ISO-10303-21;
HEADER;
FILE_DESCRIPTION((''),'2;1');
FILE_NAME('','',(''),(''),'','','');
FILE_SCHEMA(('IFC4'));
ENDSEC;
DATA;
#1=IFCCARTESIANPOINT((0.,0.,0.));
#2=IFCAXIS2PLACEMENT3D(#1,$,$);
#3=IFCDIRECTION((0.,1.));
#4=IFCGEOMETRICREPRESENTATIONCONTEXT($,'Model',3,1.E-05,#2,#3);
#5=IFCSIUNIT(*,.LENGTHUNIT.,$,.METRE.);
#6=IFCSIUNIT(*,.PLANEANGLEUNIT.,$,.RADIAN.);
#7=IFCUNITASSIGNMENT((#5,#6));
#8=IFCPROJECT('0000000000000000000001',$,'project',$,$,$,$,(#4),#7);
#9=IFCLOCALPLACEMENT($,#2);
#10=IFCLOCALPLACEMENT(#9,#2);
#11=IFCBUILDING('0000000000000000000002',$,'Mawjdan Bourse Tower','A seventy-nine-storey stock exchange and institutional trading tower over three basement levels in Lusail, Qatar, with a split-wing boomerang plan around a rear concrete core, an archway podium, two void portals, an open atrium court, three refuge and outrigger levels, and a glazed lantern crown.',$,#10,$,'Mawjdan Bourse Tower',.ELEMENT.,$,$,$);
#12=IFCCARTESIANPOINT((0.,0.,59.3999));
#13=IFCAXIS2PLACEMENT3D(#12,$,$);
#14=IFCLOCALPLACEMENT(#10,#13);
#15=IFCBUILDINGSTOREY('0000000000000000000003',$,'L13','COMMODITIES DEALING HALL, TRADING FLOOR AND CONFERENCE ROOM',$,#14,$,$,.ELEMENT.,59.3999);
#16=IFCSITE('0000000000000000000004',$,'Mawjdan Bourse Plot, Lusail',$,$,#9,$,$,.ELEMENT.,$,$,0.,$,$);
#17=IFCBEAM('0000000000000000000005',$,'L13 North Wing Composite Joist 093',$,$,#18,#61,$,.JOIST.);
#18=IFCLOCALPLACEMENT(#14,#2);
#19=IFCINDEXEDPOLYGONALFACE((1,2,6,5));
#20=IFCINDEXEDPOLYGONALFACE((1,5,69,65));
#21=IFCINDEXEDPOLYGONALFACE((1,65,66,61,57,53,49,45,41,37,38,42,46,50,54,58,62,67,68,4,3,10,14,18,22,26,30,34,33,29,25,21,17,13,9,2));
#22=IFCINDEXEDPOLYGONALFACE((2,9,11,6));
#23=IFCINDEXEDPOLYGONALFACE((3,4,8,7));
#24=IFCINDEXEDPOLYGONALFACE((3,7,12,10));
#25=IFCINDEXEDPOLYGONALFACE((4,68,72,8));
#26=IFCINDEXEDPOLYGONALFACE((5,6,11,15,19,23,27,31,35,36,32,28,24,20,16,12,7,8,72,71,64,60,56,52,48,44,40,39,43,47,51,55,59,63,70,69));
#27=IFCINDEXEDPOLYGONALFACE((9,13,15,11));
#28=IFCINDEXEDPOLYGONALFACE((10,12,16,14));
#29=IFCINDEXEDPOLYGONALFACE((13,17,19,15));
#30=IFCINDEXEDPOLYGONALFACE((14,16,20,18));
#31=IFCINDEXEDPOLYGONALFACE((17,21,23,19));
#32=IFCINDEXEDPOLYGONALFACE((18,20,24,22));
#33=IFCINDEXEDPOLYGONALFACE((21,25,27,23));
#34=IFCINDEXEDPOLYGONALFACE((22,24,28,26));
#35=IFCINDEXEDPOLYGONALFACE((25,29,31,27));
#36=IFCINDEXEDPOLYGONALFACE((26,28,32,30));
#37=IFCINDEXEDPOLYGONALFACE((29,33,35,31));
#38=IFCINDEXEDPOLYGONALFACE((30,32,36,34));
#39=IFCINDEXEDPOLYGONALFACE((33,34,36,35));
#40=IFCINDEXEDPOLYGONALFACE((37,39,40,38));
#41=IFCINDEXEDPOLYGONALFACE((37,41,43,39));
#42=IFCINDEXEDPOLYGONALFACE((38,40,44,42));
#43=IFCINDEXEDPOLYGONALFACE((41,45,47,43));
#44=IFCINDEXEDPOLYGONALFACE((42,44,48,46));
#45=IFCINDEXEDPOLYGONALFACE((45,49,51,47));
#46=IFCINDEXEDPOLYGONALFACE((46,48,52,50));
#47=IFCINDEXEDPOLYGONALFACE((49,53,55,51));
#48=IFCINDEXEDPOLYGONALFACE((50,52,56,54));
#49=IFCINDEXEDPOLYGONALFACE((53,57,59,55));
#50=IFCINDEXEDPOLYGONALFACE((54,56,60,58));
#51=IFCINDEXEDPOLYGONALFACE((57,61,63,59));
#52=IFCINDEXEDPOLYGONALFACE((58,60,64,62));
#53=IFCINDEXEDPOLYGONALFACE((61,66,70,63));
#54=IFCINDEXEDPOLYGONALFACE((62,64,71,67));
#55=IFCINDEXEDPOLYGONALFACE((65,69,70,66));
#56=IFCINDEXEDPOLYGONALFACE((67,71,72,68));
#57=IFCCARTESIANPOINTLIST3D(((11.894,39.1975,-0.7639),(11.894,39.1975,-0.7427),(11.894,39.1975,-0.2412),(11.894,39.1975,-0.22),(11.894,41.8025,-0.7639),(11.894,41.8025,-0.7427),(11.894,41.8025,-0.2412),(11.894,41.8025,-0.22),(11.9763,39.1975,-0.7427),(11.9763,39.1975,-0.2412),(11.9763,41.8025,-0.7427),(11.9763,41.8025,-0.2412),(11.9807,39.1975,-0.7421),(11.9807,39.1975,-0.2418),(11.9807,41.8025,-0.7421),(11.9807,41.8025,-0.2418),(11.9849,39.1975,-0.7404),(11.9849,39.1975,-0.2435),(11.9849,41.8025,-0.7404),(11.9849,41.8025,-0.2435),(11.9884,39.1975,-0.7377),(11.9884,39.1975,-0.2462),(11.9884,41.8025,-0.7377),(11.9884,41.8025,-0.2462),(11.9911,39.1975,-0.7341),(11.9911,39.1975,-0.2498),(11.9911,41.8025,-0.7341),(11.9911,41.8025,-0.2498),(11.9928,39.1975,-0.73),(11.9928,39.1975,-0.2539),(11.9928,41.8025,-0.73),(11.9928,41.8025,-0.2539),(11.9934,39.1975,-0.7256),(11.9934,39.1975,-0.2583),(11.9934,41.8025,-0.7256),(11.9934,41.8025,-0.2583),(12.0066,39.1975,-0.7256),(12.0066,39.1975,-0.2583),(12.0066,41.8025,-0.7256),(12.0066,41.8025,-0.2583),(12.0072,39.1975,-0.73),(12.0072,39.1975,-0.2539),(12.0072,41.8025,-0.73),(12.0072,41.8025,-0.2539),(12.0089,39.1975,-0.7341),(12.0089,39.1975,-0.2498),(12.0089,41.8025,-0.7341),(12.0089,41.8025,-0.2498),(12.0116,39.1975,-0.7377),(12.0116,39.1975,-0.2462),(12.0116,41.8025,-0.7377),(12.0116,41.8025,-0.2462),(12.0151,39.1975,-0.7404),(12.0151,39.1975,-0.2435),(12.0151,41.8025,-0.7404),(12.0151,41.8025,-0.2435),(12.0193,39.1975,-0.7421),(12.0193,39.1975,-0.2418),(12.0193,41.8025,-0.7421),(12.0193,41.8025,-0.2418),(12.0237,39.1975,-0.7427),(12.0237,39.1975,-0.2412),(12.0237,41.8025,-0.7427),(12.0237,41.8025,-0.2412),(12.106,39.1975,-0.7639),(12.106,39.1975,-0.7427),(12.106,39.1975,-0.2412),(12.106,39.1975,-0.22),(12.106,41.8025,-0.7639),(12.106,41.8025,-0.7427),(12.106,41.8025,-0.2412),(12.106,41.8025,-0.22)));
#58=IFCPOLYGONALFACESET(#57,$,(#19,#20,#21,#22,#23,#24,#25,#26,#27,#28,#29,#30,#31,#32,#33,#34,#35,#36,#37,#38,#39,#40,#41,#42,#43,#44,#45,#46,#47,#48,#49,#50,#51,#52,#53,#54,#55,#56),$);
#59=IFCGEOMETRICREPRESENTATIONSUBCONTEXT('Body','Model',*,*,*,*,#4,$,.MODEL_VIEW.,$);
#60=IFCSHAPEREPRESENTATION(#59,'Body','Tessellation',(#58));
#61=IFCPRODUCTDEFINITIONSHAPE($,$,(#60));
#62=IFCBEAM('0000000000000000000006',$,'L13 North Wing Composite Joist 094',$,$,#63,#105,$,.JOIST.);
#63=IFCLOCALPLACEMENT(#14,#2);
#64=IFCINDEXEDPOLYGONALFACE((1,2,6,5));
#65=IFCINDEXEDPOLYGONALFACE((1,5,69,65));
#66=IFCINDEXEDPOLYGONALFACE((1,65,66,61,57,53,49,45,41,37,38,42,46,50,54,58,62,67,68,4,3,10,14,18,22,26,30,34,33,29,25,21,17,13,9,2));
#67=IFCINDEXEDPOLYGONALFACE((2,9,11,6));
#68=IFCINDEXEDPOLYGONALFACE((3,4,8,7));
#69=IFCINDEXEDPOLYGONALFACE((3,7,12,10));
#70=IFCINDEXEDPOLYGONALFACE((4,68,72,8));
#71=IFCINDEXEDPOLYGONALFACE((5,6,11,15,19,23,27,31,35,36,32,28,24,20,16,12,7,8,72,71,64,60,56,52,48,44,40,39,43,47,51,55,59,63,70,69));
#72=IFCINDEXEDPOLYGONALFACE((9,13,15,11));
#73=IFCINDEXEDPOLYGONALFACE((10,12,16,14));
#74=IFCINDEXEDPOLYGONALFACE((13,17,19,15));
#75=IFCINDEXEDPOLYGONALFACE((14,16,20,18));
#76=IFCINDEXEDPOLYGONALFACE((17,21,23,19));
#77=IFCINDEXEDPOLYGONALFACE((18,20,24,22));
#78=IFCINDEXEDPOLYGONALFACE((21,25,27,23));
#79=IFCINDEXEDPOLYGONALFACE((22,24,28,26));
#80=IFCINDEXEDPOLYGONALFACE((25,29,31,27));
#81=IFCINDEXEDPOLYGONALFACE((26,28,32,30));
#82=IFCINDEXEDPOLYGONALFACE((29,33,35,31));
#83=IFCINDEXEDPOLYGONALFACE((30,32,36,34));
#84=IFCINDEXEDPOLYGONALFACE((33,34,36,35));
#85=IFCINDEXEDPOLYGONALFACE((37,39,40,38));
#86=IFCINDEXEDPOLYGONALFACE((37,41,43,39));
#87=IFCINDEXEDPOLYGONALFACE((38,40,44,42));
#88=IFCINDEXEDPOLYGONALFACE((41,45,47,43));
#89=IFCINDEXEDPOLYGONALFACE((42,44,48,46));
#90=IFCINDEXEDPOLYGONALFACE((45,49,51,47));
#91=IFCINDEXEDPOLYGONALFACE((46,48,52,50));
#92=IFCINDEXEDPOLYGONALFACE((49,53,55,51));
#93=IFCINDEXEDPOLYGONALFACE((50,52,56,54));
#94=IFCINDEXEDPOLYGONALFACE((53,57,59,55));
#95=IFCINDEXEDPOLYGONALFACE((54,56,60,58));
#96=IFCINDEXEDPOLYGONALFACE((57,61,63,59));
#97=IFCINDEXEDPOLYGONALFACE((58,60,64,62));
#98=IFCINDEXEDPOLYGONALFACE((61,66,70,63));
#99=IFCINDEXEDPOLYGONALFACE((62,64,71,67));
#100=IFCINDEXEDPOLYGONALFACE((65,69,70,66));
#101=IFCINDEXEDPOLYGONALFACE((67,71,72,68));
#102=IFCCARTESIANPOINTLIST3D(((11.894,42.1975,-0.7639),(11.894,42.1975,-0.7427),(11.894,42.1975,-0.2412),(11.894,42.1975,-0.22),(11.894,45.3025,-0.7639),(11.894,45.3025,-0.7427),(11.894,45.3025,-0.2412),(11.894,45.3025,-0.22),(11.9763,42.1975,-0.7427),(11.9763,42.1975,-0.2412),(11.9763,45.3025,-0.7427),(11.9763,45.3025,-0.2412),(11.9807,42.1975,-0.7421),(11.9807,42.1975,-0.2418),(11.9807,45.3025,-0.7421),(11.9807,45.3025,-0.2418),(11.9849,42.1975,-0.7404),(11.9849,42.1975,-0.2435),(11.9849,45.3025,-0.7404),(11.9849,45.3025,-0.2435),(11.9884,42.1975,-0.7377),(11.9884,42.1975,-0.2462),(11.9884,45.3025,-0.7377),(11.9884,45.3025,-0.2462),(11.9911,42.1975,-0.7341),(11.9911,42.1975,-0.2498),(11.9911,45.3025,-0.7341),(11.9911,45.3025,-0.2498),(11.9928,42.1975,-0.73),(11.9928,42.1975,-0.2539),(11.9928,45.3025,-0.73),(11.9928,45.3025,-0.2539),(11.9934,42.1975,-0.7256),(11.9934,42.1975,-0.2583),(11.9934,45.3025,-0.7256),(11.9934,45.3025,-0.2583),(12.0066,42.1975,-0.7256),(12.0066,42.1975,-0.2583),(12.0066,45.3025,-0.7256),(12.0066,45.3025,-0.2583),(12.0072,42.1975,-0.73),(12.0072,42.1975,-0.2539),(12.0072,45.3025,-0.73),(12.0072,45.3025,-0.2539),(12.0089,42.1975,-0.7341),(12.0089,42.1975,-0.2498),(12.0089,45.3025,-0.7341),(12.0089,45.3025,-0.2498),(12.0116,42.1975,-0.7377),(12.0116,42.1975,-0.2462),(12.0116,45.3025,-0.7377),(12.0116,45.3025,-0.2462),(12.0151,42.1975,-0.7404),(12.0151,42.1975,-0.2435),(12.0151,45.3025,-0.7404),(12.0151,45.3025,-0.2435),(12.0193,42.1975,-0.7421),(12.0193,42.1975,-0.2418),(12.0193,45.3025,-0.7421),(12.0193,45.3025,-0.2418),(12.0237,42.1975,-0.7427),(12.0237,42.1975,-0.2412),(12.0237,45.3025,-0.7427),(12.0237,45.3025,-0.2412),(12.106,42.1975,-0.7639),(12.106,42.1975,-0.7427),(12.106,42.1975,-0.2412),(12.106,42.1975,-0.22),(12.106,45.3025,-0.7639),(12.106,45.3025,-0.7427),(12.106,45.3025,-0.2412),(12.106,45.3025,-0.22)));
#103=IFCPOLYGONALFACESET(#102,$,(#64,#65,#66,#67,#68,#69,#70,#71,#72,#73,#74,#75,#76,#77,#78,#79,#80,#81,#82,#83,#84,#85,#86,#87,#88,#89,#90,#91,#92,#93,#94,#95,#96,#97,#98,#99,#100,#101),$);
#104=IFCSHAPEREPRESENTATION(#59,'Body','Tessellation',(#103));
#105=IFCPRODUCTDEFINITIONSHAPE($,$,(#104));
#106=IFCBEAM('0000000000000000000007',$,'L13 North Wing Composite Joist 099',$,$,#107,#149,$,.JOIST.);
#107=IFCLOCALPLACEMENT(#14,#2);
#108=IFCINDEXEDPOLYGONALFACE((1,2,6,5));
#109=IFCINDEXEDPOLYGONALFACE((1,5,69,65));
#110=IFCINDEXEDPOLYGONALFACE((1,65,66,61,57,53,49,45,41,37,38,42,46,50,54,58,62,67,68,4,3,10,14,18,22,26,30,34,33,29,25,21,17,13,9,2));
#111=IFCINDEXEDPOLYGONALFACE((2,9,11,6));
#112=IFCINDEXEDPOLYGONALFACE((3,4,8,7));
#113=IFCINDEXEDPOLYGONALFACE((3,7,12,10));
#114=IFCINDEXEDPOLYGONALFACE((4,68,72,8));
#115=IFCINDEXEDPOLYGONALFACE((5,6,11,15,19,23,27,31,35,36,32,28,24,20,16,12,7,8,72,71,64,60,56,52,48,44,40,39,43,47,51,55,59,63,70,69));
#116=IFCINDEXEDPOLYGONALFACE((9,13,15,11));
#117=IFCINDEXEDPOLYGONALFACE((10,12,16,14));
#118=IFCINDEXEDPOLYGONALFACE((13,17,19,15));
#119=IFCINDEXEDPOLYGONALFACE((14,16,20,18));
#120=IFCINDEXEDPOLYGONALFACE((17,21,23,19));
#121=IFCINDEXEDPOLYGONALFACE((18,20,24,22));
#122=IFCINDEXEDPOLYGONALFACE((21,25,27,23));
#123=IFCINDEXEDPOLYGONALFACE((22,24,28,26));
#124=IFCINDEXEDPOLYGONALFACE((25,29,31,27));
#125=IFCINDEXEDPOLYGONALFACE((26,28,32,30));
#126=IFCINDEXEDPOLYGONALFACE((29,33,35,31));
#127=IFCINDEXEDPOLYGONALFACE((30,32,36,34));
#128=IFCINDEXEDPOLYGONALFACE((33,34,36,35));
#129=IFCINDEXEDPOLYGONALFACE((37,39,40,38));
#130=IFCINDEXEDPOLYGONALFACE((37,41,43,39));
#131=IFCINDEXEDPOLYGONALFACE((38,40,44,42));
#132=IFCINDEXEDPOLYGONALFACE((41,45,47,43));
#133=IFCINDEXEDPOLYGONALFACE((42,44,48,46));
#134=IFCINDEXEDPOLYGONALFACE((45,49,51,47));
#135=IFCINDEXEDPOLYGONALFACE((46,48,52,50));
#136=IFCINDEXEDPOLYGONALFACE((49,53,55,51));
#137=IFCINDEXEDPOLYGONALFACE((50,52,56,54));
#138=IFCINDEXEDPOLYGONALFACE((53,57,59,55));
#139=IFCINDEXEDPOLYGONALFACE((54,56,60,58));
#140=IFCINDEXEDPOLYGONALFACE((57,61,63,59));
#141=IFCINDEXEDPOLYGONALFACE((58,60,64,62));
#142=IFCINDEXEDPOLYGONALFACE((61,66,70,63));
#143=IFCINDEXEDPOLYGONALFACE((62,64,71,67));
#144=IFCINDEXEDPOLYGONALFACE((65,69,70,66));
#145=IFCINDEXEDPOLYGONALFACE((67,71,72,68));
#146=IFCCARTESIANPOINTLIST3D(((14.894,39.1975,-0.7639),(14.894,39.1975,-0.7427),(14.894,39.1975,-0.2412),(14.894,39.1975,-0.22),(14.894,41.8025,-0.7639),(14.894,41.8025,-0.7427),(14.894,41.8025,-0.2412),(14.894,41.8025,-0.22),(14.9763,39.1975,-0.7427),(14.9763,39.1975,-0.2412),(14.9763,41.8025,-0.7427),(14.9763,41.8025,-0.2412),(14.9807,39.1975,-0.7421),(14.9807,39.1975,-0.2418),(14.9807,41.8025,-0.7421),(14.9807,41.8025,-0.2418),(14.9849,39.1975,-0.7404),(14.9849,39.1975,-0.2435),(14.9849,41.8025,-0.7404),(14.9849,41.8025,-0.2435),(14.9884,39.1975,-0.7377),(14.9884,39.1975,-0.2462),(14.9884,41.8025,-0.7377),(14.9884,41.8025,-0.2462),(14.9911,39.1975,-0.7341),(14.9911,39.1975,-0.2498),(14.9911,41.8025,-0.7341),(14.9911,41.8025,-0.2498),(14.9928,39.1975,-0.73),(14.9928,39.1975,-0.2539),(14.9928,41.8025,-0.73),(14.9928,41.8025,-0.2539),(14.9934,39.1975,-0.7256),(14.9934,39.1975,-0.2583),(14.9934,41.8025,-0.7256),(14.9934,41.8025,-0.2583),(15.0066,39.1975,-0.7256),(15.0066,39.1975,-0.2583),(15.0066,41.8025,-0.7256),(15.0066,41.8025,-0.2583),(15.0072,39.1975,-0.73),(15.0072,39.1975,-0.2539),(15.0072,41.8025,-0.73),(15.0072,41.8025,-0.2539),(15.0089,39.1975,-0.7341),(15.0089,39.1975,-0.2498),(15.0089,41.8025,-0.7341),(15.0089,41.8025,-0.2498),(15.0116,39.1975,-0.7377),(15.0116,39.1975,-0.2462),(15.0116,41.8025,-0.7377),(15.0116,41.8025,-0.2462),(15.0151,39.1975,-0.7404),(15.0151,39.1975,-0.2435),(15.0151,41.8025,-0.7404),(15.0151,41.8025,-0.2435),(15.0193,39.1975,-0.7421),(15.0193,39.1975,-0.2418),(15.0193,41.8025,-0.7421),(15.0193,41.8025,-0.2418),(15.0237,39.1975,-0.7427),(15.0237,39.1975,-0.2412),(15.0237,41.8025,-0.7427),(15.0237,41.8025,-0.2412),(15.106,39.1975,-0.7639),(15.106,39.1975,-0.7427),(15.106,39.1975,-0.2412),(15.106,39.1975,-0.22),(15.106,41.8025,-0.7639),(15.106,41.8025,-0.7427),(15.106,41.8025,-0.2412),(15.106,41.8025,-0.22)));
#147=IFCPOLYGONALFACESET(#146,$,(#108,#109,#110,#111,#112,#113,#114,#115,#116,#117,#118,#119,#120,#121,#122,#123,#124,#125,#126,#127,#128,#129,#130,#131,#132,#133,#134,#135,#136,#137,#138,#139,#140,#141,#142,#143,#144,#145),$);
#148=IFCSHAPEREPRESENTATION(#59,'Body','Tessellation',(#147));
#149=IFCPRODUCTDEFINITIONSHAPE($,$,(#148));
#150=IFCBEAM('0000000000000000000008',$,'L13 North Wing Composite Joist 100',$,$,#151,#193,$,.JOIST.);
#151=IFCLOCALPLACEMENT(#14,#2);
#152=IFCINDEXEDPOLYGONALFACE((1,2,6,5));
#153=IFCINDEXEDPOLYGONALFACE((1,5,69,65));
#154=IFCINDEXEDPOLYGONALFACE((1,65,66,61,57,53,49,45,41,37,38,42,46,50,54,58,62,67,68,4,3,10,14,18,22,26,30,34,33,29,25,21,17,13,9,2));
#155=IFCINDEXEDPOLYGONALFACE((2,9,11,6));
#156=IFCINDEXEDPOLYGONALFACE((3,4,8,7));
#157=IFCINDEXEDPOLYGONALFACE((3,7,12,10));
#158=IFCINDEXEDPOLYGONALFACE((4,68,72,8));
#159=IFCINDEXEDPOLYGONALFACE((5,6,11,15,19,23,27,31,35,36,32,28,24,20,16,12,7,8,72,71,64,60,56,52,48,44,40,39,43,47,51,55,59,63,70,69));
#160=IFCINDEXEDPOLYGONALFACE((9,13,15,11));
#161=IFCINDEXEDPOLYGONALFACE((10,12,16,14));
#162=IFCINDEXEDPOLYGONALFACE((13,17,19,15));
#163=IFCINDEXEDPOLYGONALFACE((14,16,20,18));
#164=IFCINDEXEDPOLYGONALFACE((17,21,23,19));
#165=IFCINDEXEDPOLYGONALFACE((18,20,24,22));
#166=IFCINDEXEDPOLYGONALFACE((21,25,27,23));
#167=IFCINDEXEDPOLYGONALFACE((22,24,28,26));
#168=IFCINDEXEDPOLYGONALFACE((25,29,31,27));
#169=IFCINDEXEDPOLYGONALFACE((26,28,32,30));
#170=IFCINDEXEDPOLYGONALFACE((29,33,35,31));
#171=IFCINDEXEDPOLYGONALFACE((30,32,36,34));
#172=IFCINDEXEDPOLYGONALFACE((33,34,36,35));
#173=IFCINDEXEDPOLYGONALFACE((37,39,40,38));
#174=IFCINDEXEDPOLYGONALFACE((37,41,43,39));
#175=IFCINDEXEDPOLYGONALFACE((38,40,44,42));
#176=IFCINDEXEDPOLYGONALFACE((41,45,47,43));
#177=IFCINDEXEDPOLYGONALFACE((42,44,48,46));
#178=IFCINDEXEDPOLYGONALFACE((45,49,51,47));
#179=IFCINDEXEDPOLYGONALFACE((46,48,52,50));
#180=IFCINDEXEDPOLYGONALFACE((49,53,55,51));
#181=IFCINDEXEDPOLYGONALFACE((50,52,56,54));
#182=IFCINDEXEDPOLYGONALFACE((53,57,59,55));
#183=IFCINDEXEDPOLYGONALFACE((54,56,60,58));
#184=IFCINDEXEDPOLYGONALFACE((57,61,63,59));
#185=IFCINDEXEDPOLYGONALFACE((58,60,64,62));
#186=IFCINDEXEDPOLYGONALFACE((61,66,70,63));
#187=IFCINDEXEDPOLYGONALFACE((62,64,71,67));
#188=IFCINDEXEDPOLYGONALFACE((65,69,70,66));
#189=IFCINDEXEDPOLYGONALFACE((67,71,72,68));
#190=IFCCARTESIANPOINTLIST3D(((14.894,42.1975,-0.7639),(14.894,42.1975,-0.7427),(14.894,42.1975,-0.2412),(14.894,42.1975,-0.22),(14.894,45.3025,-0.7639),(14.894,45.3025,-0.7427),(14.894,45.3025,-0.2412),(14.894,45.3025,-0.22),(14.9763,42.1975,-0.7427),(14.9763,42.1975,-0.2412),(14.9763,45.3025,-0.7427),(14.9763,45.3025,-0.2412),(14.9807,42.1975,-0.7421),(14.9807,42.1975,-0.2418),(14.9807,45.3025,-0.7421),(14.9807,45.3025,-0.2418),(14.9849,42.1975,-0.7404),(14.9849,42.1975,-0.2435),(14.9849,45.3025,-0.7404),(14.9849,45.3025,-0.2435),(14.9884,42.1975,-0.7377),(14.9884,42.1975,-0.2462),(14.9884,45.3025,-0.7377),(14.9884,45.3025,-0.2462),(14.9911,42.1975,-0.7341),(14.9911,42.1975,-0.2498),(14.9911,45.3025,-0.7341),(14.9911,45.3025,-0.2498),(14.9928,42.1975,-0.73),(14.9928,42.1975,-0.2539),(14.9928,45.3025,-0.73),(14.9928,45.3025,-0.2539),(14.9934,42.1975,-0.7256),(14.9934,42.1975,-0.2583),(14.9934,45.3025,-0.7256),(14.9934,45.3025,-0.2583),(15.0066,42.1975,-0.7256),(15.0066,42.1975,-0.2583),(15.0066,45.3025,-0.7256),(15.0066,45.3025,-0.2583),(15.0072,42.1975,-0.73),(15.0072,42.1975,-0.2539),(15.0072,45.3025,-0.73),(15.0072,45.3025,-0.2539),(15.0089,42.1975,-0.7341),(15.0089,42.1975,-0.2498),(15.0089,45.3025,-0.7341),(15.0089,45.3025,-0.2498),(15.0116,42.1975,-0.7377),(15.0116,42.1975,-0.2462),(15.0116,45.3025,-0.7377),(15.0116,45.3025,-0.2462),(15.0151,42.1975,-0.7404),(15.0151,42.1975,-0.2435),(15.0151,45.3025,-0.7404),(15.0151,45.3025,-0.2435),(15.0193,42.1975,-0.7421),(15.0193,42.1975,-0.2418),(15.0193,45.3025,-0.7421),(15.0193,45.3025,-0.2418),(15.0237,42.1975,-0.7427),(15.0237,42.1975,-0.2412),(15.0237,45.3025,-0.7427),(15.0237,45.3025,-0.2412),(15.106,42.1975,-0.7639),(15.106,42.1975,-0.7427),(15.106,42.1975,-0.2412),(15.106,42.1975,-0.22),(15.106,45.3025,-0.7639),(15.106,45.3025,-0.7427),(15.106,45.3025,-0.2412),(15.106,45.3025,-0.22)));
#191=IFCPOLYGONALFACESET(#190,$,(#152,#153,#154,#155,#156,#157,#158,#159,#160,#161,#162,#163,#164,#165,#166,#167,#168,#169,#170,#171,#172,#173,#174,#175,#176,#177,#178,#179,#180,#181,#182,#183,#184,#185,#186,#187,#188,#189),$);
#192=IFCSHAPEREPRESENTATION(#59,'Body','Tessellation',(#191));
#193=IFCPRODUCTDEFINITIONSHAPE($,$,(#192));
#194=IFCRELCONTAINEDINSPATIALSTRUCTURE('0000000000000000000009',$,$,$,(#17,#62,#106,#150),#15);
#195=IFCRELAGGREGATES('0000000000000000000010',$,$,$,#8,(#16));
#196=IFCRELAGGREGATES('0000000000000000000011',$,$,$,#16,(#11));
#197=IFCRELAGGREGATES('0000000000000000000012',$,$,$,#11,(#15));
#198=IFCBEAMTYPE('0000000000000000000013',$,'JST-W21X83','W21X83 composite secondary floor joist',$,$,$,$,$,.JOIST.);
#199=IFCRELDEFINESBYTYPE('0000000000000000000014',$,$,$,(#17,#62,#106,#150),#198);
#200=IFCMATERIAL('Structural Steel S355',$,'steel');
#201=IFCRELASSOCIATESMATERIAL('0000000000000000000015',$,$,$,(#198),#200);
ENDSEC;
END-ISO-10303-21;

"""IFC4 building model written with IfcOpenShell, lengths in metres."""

from ifc_helpers import new_model, si_unit, direction, frame, origin, origin_2d, place, context, subcontext, project, spatial, i_section, extrude, material, material_profile, profile_set, type_object, element, save


model = new_model("IFC4")

# Units and contexts
model_context = context("Model", 3, precision=1e-05, world=origin(), true_north=direction((0.0, 1.0)))
body_context = subcontext(model_context, "Body", "Model", "MODEL_VIEW")
ifc_project = project(units=[si_unit("LENGTHUNIT", "METRE"), si_unit("PLANEANGLEUNIT", "RADIAN")], contexts=[model_context])

# Site, building, storey
site_placement = place(None, origin())
site = spatial("IfcSite", under=ifc_project, at=site_placement, Name="Mawjdan Bourse Plot, Lusail", CompositionType="ELEMENT", RefElevation=0.0)
building_placement = place(site_placement, origin())
building = spatial("IfcBuilding", under=site, at=building_placement, Name="Mawjdan Bourse Tower", Description="A seventy-nine-storey stock exchange and institutional trading tower over three basement levels in Lusail, Qatar, with a split-wing boomerang plan around a rear concrete core, an archway podium, two void portals, an open atrium court, three refuge and outrigger levels, and a glazed lantern crown.", LongName="Mawjdan Bourse Tower", CompositionType="ELEMENT")
storey_placement = place(building_placement, frame((0.0, 0.0, 59.3999)))
storey = spatial("IfcBuildingStorey", under=building, at=storey_placement, Name="L13", Description="COMMODITIES DEALING HALL, TRADING FLOOR AND CONFERENCE ROOM", CompositionType="ELEMENT", Elevation=59.3999)

# Beams
ifc_material_1 = material(Name="Structural Steel S355", Category="steel")
ifc_material_profile_1 = material_profile(ifc_material_1, i_section(OverallWidth=0.2119, OverallDepth=0.5439, WebThickness=0.0132, FlangeThickness=0.0212, FilletRadius=0.0171, at=origin_2d()), Name="W21X83")
ifc_profile_set_1 = profile_set([ifc_material_profile_1], Name="Structural Steel S355")
beam_type_1 = type_object("IfcBeamType", Name="JST-W21X83", Description="W21X83 composite secondary floor joist", PredefinedType="JOIST", material=ifc_profile_set_1)
beam_1_placement = place(storey_placement, frame((12.0, 39.1975, -0.4919), z_axis=(0.0, 1.0, 0.0), x_axis=(-1.0, 0.0, 0.0)))
element("IfcBeam", 1, at=beam_1_placement, inside=storey, type_object=beam_type_1, Name="L13 North Wing Composite Joist 093", PredefinedType="JOIST", context=body_context, shape_type="SweptSolid", body=[
    extrude(i_section(OverallWidth=0.2119, OverallDepth=0.5439, WebThickness=0.0132, FlangeThickness=0.0212, FilletRadius=0.0171, at=origin_2d()), origin(), (0.0, 0.0, 1.0), 2.605),
])
beam_2_placement = place(storey_placement, frame((12.0, 42.1975, -0.4919), z_axis=(0.0, 1.0, 0.0), x_axis=(-1.0, 0.0, 0.0)))
element("IfcBeam", 2, at=beam_2_placement, inside=storey, type_object=beam_type_1, Name="L13 North Wing Composite Joist 094", PredefinedType="JOIST", context=body_context, shape_type="SweptSolid", body=[
    extrude(i_section(OverallWidth=0.2119, OverallDepth=0.5439, WebThickness=0.0132, FlangeThickness=0.0212, FilletRadius=0.0171, at=origin_2d()), origin(), (0.0, 0.0, 1.0), 3.105),
])
beam_3_placement = place(storey_placement, frame((15.0, 39.1975, -0.4919), z_axis=(0.0, 1.0, 0.0), x_axis=(-1.0, 0.0, 0.0)))
element("IfcBeam", 3, at=beam_3_placement, inside=storey, type_object=beam_type_1, Name="L13 North Wing Composite Joist 099", PredefinedType="JOIST", context=body_context, shape_type="SweptSolid", body=[
    extrude(i_section(OverallWidth=0.2119, OverallDepth=0.5439, WebThickness=0.0132, FlangeThickness=0.0212, FilletRadius=0.0171, at=origin_2d()), origin(), (0.0, 0.0, 1.0), 2.605),
])
beam_4_placement = place(storey_placement, frame((15.0, 42.1975, -0.4919), z_axis=(0.0, 1.0, 0.0), x_axis=(-1.0, 0.0, 0.0)))
element("IfcBeam", 4, at=beam_4_placement, inside=storey, type_object=beam_type_1, Name="L13 North Wing Composite Joist 100", PredefinedType="JOIST", context=body_context, shape_type="SweptSolid", body=[
    extrude(i_section(OverallWidth=0.2119, OverallDepth=0.5439, WebThickness=0.0132, FlangeThickness=0.0212, FilletRadius=0.0171, at=origin_2d()), origin(), (0.0, 0.0, 1.0), 3.105),
])

save(model, "model.ifc")
